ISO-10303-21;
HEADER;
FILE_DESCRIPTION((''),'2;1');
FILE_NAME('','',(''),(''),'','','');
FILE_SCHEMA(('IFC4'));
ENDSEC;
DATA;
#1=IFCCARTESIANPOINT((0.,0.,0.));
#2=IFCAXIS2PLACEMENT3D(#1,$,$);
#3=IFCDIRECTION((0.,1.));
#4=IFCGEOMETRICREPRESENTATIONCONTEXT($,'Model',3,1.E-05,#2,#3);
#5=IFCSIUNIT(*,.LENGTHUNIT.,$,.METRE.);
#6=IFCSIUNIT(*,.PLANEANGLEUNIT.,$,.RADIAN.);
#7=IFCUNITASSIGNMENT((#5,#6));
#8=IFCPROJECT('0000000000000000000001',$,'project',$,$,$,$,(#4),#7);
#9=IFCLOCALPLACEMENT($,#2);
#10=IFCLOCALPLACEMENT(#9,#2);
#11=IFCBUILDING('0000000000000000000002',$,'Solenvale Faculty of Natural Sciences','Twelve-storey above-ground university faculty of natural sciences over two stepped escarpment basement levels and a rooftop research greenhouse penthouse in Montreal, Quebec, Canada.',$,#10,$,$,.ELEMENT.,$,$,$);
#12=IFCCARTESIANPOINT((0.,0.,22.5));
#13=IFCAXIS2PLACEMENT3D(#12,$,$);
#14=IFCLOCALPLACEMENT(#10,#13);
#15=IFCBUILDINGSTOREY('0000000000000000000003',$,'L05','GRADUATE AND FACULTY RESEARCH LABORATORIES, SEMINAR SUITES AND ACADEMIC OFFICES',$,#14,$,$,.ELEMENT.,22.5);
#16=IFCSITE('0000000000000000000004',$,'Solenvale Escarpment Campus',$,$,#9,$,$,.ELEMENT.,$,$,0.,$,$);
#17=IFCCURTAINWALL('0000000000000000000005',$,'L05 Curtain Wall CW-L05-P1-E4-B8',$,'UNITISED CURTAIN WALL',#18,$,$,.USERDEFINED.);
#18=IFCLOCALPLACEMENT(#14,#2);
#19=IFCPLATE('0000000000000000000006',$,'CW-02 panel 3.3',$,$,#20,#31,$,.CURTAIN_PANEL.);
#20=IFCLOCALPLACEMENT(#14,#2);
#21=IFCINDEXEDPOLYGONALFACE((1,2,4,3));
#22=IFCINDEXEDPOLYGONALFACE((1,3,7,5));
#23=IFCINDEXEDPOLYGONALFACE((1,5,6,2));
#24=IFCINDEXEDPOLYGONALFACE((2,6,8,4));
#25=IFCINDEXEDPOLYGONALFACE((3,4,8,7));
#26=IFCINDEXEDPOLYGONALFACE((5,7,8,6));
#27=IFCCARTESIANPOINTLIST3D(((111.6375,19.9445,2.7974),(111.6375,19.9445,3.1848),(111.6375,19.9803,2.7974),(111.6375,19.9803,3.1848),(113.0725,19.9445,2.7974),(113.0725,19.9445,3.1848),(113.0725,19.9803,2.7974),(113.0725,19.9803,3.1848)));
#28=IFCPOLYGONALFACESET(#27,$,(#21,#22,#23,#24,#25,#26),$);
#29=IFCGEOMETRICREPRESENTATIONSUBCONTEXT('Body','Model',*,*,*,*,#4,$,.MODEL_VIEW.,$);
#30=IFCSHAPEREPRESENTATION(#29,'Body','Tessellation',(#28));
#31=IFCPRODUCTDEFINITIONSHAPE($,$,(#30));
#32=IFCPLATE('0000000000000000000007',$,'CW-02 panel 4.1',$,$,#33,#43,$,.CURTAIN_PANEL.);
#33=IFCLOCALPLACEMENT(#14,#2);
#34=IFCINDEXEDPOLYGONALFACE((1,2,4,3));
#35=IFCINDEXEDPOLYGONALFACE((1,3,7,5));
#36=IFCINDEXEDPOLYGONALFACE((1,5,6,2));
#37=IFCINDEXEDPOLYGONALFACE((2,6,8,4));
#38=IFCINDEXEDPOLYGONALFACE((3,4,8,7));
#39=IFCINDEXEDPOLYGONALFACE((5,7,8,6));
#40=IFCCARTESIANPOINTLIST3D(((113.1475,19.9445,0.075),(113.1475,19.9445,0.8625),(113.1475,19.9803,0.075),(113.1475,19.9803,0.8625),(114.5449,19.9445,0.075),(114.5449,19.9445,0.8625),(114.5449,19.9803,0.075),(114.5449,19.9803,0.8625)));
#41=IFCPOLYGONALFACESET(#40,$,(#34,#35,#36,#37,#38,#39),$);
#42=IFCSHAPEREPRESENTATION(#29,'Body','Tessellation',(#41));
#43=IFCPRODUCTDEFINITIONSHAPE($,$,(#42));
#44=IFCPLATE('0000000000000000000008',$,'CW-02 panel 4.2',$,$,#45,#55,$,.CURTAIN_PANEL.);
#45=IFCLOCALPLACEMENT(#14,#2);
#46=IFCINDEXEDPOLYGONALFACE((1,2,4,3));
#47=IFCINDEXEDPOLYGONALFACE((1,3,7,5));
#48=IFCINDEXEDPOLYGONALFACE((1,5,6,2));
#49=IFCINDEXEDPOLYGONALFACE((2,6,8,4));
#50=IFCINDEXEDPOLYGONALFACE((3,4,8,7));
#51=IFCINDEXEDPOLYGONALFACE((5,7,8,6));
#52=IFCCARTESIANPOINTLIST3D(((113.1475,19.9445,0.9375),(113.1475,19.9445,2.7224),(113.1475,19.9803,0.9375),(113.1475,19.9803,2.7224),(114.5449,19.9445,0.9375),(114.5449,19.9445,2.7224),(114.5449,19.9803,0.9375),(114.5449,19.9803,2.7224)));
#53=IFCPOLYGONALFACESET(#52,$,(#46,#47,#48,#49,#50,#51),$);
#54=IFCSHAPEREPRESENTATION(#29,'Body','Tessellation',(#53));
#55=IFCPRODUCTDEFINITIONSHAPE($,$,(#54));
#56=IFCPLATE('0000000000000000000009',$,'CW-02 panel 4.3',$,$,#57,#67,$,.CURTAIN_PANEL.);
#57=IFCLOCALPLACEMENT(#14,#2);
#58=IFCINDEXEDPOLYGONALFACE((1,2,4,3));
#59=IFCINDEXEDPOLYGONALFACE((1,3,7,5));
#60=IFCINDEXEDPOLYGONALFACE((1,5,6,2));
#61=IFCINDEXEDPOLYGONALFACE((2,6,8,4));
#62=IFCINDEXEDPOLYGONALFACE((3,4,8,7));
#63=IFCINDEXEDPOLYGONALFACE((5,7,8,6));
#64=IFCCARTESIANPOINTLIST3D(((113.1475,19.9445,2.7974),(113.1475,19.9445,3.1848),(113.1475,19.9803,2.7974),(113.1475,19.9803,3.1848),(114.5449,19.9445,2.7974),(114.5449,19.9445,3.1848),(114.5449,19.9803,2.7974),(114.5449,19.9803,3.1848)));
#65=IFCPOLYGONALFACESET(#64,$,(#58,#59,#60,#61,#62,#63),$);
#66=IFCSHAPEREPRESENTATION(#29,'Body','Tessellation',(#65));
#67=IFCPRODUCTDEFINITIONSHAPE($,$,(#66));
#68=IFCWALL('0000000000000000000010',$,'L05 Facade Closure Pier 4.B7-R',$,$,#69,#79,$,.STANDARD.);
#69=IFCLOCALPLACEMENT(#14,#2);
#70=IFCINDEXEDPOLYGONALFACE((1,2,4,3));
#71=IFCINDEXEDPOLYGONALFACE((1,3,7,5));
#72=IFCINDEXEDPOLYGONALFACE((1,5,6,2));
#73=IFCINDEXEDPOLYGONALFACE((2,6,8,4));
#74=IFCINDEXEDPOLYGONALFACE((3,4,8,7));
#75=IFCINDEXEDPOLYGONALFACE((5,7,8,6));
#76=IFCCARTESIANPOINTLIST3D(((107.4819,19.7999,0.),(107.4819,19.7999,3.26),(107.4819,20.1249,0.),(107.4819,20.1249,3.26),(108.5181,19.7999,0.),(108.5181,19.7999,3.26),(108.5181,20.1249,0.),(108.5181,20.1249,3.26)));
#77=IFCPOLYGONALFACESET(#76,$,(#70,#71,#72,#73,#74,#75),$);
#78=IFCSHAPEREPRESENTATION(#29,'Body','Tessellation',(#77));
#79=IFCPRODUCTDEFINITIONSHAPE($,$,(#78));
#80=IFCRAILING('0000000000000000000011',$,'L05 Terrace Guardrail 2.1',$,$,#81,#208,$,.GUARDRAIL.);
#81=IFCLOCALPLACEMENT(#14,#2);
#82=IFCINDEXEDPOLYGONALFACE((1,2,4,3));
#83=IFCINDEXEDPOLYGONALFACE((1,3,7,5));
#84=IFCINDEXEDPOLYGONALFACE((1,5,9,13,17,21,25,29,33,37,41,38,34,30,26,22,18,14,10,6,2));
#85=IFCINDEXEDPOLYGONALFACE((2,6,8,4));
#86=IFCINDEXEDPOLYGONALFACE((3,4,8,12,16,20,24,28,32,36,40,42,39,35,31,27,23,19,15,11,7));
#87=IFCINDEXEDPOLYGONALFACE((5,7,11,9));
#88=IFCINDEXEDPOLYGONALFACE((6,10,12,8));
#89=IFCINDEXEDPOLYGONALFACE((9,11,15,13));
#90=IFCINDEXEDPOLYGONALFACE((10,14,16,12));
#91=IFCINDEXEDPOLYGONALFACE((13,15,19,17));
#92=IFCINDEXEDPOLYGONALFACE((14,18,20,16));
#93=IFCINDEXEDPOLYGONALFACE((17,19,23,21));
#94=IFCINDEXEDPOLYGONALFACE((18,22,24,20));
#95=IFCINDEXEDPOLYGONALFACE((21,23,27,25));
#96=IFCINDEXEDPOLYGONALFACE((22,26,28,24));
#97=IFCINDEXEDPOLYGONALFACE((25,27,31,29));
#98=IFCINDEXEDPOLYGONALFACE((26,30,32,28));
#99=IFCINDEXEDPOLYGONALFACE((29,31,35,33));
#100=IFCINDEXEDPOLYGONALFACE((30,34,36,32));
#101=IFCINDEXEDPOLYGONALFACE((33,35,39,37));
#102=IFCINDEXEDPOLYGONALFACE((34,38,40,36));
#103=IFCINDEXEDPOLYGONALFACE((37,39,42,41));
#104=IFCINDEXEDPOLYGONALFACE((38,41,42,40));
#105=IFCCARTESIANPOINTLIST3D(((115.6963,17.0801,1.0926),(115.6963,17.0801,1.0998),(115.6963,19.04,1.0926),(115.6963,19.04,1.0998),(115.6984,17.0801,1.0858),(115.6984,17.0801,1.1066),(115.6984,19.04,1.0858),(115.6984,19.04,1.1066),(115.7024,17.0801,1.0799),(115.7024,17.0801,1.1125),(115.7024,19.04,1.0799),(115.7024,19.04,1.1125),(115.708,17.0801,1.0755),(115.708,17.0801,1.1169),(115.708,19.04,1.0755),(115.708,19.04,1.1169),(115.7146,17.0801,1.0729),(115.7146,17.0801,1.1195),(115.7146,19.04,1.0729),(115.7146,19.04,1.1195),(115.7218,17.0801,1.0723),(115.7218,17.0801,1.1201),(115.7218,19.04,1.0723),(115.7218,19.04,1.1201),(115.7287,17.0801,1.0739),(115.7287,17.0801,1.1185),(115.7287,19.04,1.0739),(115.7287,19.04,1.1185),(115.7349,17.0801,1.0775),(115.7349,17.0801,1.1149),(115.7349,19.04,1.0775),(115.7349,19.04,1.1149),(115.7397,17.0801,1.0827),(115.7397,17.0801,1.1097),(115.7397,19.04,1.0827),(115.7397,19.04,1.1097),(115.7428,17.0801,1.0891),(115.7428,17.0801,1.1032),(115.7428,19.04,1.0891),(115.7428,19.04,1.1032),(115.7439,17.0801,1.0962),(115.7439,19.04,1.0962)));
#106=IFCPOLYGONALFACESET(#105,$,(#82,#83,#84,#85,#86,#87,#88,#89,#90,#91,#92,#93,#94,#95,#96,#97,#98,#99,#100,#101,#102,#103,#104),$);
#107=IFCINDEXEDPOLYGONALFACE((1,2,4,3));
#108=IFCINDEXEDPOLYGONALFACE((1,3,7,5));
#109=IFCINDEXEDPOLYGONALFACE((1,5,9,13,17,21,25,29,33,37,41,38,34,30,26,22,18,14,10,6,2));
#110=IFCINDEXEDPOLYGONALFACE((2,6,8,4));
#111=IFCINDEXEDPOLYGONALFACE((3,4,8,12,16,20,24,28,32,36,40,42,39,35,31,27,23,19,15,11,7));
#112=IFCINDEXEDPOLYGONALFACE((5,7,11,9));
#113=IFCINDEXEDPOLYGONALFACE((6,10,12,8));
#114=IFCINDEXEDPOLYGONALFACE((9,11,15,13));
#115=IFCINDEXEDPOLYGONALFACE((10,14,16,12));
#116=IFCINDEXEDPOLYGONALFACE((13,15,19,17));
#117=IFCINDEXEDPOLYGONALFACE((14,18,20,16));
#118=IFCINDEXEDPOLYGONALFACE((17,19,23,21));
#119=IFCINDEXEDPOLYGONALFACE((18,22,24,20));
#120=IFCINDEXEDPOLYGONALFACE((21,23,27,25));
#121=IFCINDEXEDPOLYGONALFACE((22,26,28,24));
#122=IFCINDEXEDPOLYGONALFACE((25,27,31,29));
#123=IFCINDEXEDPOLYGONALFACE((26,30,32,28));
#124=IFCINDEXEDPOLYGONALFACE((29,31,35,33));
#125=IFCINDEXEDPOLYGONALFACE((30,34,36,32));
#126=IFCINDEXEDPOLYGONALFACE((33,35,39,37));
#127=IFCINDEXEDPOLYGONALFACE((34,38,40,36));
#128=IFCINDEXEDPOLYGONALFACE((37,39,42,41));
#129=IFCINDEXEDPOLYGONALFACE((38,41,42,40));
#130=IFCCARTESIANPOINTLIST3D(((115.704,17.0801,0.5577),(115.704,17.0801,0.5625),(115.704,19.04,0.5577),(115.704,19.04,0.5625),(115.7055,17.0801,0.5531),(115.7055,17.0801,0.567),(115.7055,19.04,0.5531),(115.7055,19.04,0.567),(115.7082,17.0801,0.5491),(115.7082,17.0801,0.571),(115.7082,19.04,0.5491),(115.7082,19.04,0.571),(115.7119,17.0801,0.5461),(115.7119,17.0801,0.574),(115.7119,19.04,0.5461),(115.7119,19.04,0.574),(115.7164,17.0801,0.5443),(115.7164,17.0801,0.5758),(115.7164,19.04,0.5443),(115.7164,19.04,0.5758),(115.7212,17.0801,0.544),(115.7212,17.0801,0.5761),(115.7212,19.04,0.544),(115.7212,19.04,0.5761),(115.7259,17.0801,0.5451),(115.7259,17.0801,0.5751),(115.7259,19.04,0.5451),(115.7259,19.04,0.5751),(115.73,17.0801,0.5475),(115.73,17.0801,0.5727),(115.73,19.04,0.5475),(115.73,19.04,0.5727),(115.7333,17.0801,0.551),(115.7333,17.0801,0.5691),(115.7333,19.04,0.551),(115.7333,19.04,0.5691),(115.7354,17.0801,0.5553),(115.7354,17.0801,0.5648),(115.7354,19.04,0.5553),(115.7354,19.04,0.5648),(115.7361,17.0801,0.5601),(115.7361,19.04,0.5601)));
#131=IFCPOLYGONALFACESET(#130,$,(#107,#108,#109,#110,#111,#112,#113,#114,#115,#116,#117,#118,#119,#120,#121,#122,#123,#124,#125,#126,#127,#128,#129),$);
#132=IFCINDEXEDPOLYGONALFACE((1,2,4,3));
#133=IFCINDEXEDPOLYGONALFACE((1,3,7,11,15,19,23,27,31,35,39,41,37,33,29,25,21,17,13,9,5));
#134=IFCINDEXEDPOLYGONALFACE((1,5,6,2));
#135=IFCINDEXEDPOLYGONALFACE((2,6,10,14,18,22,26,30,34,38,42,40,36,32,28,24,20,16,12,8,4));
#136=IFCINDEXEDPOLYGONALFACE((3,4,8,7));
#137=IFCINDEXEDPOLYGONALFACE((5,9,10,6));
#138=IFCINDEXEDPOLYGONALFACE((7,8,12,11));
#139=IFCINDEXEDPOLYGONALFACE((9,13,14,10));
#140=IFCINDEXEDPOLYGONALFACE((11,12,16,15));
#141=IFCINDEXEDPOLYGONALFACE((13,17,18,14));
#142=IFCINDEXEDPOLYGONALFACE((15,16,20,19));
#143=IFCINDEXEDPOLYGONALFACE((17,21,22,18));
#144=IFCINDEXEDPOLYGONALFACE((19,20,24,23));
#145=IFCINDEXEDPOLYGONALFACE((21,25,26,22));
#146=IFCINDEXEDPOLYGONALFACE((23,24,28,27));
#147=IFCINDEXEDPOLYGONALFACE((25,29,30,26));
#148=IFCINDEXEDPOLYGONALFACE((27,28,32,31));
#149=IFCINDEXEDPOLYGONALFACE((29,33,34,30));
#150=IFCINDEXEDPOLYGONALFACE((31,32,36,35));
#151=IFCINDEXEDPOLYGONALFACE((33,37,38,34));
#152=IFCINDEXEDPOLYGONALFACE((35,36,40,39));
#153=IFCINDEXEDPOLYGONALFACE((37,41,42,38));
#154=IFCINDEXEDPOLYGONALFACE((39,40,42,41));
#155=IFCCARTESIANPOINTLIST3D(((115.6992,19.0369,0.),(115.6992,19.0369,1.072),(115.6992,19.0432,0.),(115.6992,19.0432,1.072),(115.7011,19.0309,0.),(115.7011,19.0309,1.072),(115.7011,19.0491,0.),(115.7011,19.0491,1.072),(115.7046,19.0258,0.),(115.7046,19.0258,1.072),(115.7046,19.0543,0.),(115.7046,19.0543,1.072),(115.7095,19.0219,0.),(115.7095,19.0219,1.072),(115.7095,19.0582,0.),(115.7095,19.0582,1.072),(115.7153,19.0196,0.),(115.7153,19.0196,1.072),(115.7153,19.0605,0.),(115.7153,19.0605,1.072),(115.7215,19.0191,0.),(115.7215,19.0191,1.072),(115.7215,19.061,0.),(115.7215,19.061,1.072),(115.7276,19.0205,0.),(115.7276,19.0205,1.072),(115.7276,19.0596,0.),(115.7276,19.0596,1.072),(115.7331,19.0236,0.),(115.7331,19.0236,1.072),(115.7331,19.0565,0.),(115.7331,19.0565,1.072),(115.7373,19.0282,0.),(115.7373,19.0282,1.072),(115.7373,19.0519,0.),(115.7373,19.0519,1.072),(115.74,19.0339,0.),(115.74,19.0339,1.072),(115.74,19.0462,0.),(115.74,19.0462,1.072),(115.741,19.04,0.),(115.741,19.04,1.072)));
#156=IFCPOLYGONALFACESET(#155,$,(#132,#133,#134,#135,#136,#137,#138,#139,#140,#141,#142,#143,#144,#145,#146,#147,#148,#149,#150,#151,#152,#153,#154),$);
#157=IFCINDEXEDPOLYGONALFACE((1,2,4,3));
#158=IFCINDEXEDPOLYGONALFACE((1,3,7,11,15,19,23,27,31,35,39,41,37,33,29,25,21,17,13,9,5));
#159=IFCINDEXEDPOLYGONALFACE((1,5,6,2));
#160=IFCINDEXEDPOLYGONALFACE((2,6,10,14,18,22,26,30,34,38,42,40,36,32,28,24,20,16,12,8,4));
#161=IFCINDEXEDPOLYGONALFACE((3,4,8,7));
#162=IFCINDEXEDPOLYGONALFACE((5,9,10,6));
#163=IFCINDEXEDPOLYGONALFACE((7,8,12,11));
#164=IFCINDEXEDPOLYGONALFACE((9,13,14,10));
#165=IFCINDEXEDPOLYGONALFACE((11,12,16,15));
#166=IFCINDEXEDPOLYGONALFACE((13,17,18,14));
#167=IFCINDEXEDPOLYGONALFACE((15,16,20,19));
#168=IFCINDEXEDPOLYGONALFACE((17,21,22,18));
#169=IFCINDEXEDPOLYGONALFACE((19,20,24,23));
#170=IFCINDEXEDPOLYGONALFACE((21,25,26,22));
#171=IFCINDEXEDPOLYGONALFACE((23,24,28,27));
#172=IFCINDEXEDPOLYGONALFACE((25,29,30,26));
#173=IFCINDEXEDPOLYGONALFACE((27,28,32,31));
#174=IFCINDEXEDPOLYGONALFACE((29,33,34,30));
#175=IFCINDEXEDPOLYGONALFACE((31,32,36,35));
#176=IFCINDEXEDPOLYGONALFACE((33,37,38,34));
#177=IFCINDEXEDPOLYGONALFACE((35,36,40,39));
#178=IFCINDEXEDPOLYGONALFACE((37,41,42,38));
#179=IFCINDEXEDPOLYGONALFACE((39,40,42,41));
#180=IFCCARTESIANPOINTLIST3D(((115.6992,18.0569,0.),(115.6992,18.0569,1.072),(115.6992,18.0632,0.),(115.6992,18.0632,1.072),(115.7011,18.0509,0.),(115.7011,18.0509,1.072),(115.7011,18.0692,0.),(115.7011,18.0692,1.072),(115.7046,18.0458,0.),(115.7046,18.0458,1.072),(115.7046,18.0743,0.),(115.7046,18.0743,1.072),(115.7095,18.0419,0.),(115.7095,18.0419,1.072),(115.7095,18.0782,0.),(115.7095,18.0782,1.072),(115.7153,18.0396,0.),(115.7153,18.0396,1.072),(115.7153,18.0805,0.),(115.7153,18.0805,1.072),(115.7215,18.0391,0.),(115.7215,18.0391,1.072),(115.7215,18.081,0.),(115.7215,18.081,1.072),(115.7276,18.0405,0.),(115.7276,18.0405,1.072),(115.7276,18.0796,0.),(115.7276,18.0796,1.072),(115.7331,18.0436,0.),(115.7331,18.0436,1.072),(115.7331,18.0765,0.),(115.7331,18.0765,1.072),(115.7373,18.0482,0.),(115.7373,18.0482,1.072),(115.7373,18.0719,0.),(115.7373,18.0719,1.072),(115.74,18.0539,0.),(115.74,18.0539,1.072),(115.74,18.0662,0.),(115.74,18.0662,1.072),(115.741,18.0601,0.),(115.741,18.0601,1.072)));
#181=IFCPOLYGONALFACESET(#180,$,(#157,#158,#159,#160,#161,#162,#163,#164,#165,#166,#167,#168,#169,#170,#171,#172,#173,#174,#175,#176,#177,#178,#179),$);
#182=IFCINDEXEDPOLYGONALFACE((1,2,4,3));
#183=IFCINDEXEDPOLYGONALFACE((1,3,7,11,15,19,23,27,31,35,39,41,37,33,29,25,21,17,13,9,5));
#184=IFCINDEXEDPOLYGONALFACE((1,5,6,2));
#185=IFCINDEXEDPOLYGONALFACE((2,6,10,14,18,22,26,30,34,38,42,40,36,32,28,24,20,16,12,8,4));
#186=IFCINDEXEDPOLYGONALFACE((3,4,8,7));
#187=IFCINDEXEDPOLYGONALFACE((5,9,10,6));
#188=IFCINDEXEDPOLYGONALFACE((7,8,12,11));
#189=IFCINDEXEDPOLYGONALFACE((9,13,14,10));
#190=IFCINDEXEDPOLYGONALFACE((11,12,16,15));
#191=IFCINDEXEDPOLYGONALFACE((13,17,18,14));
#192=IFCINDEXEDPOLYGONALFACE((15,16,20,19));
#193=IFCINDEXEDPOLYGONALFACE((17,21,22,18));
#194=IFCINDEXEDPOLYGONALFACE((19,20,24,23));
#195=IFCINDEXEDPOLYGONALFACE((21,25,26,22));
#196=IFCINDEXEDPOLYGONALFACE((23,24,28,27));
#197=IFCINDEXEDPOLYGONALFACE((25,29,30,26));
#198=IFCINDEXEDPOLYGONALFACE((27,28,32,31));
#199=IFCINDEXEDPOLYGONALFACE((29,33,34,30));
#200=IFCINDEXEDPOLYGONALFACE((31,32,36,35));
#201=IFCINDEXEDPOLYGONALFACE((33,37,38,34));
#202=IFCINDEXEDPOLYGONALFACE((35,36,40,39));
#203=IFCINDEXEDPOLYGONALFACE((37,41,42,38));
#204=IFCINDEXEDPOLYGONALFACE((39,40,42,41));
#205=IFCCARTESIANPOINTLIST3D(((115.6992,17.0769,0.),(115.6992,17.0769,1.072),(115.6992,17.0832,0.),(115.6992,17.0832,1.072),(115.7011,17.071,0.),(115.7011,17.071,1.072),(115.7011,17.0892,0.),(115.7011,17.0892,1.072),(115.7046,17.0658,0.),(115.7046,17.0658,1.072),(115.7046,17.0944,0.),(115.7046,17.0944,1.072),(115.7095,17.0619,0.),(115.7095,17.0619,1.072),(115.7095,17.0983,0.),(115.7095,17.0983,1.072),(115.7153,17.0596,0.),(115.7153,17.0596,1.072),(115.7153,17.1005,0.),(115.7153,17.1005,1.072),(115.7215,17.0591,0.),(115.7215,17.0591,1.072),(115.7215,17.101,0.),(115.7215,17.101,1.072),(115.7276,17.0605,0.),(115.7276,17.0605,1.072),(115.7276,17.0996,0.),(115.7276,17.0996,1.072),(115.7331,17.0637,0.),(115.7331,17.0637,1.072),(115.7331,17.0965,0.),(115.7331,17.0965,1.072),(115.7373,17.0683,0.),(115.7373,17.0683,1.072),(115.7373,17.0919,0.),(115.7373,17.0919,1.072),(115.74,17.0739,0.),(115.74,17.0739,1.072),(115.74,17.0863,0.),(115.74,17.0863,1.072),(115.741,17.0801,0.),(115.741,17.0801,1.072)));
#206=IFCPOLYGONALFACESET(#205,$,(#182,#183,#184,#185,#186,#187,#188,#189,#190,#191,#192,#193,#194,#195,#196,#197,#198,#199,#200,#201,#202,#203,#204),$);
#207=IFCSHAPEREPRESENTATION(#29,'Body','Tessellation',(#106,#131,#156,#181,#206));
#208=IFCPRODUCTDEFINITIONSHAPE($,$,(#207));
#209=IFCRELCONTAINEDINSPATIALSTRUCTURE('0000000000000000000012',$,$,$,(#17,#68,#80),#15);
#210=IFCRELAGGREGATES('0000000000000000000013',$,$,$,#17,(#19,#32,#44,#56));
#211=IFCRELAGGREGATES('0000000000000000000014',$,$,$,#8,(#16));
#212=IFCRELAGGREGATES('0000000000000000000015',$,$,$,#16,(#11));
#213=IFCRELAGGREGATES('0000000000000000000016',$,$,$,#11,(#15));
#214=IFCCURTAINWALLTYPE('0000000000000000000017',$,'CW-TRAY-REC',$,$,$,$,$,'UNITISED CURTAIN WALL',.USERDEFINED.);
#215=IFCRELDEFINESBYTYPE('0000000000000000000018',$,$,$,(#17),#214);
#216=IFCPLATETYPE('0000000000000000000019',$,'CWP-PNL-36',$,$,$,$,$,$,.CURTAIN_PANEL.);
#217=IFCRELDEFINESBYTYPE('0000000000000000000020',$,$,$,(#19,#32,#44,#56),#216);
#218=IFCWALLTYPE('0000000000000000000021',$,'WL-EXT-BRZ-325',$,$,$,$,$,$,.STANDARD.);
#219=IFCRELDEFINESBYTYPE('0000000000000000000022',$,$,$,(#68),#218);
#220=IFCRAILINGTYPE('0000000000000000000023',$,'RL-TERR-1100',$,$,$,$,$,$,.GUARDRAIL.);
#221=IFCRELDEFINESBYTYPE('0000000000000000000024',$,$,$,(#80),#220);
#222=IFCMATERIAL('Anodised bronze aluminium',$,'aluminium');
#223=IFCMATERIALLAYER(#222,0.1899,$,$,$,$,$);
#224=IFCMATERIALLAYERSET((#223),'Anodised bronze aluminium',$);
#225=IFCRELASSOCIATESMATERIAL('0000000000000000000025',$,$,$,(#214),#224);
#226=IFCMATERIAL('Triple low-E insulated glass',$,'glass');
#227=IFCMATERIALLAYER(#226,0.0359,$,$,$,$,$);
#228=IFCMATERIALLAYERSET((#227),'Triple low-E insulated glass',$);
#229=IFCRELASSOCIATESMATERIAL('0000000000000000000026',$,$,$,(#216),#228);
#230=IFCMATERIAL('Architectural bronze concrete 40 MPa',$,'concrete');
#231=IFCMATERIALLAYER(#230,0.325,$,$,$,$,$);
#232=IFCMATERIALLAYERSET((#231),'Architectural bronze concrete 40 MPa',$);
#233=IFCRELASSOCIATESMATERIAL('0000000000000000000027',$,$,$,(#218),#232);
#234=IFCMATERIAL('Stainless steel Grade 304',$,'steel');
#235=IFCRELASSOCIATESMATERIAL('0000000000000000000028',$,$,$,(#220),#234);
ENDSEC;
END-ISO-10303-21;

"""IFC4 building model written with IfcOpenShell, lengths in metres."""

from ifc_helpers import new_model, si_unit, direction, frame, frame_2d, origin, origin_2d, place, context, subcontext, project, spatial, rectangle, circle, extrude, material, layer, layer_set, type_object, element, aggregate, save


model = new_model("IFC4")

# Units and contexts
model_context = context("Model", 3, precision=1e-05, world=origin(), true_north=direction((0.0, 1.0)))
body_context = subcontext(model_context, "Body", "Model", "MODEL_VIEW")
ifc_project = project(units=[si_unit("LENGTHUNIT", "METRE"), si_unit("PLANEANGLEUNIT", "RADIAN")], contexts=[model_context])

# Site, building, storey
site_placement = place(None, origin())
site = spatial("IfcSite", under=ifc_project, at=site_placement, Name="Solenvale Escarpment Campus", CompositionType="ELEMENT", RefElevation=0.0)
building_placement = place(site_placement, origin())
building = spatial("IfcBuilding", under=site, at=building_placement, Name="Solenvale Faculty of Natural Sciences", Description="Twelve-storey above-ground university faculty of natural sciences over two stepped escarpment basement levels and a rooftop research greenhouse penthouse in Montreal, Quebec, Canada.", CompositionType="ELEMENT")
storey_placement = place(building_placement, frame((0.0, 0.0, 22.5)))
storey = spatial("IfcBuildingStorey", under=building, at=storey_placement, Name="L05", Description="GRADUATE AND FACULTY RESEARCH LABORATORIES, SEMINAR SUITES AND ACADEMIC OFFICES", CompositionType="ELEMENT", Elevation=22.5)

# Shared definitions
ifc_material_1 = material(Name="Architectural bronze concrete 40 MPa", Category="concrete")

# Curtain wall, plates
ifc_material_2 = material(Name="Anodised bronze aluminium", Category="aluminium")
ifc_layer_1 = layer(ifc_material_2, 0.1899)
ifc_layer_set_1 = layer_set([ifc_layer_1], Name="Anodised bronze aluminium")
curtain_wall_type = type_object("IfcCurtainWallType", Name="CW-TRAY-REC", ElementType="UNITISED CURTAIN WALL", PredefinedType="USERDEFINED", material=ifc_layer_set_1)
curtain_wall_placement = place(storey_placement, origin())
curtain_wall = element("IfcCurtainWall", 1, at=curtain_wall_placement, inside=storey, type_object=curtain_wall_type, Name="L05 Curtain Wall CW-L05-P1-E4-B8", ObjectType="UNITISED CURTAIN WALL", PredefinedType="USERDEFINED")
ifc_material_3 = material(Name="Triple low-E insulated glass", Category="glass")
ifc_layer_2 = layer(ifc_material_3, 0.0359)
ifc_layer_set_2 = layer_set([ifc_layer_2], Name="Triple low-E insulated glass")
plate_type = type_object("IfcPlateType", Name="CWP-PNL-36", PredefinedType="CURTAIN_PANEL", material=ifc_layer_set_2)
plate_1_placement = place(storey_placement, frame((112.355, 19.9624, 2.7974), z_axis=(0.0, 0.0, 1.0), x_axis=(1.0, 0.0, 0.0)))
plate_1 = element("IfcPlate", 2, at=plate_1_placement, type_object=plate_type, Name="CW-02 panel 3.3", PredefinedType="CURTAIN_PANEL", context=body_context, shape_type="SweptSolid", body=[
    extrude(rectangle(XDim=1.4351, YDim=0.0359, at=origin_2d()), origin(), (0.0, 0.0, 1.0), 0.3875),
])
plate_2_placement = place(storey_placement, frame((113.8462, 19.9624, 0.075), z_axis=(0.0, 0.0, 1.0), x_axis=(1.0, 0.0, 0.0)))
plate_2 = element("IfcPlate", 3, at=plate_2_placement, type_object=plate_type, Name="CW-02 panel 4.1", PredefinedType="CURTAIN_PANEL", context=body_context, shape_type="SweptSolid", body=[
    extrude(rectangle(XDim=1.3975, YDim=0.0359, at=origin_2d()), origin(), (0.0, 0.0, 1.0), 0.7876),
])
plate_3_placement = place(storey_placement, frame((113.8462, 19.9624, 0.9375), z_axis=(0.0, 0.0, 1.0), x_axis=(1.0, 0.0, 0.0)))
plate_3 = element("IfcPlate", 4, at=plate_3_placement, type_object=plate_type, Name="CW-02 panel 4.2", PredefinedType="CURTAIN_PANEL", context=body_context, shape_type="SweptSolid", body=[
    extrude(rectangle(XDim=1.3975, YDim=0.0359, at=origin_2d()), origin(), (0.0, 0.0, 1.0), 1.7849),
])
plate_4_placement = place(storey_placement, frame((113.8462, 19.9624, 2.7974), z_axis=(0.0, 0.0, 1.0), x_axis=(1.0, 0.0, 0.0)))
plate_4 = element("IfcPlate", 5, at=plate_4_placement, type_object=plate_type, Name="CW-02 panel 4.3", PredefinedType="CURTAIN_PANEL", context=body_context, shape_type="SweptSolid", body=[
    extrude(rectangle(XDim=1.3975, YDim=0.0359, at=origin_2d()), origin(), (0.0, 0.0, 1.0), 0.3875),
])
aggregate(curtain_wall, [plate_1, plate_2, plate_3, plate_4])

# Wall
ifc_layer_3 = layer(ifc_material_1, 0.325)
ifc_layer_set_3 = layer_set([ifc_layer_3], Name="Architectural bronze concrete 40 MPa")
wall_type = type_object("IfcWallType", Name="WL-EXT-BRZ-325", PredefinedType="STANDARD", material=ifc_layer_set_3)
wall_placement = place(storey_placement, frame((107.4819, 19.9624, 0.0), z_axis=(0.0, 0.0, 1.0), x_axis=(1.0, 0.0, 0.0)))
element("IfcWall", 6, at=wall_placement, inside=storey, type_object=wall_type, Name="L05 Facade Closure Pier 4.B7-R", PredefinedType="STANDARD", context=body_context, shape_type="SweptSolid", body=[
    extrude(rectangle(XDim=1.0361, YDim=0.325, at=frame_2d((0.5181, 0.0))), origin(), (0.0, 0.0, 1.0), 3.26),
])

# Railing
ifc_material_4 = material(Name="Stainless steel Grade 304", Category="steel")
railing_type = type_object("IfcRailingType", Name="RL-TERR-1100", PredefinedType="GUARDRAIL", material=ifc_material_4)
railing_1_placement = place(storey_placement, frame((115.72, 19.04, 0.0)))
element("IfcRailing", 7, at=railing_1_placement, inside=storey, type_object=railing_type, Name="L05 Terrace Guardrail 2.1", PredefinedType="GUARDRAIL", context=body_context, shape_type="SweptSolid", body=[
    extrude(circle(Radius=0.0239, at=origin_2d()), frame((0.0, 0.0, 1.0962), z_axis=(0.0, -1.0, 0.0), x_axis=(1.0, 0.0, 0.0)), (0.0, 0.0, 1.0), 1.96),
    extrude(circle(Radius=0.0161, at=origin_2d()), frame((0.0, 0.0, 0.5601), z_axis=(0.0, -1.0, 0.0), x_axis=(1.0, 0.0, 0.0)), (0.0, 0.0, 1.0), 1.96),
    extrude(circle(Radius=0.021, at=origin_2d()), origin(), (0.0, 0.0, 1.0), 1.072),
    extrude(circle(Radius=0.021, at=origin_2d()), frame((0.0, -0.98, 0.0)), (0.0, 0.0, 1.0), 1.072),
    extrude(circle(Radius=0.021, at=origin_2d()), frame((0.0, -1.96, 0.0)), (0.0, 0.0, 1.0), 1.072),
])

save(model, "model.ifc")
